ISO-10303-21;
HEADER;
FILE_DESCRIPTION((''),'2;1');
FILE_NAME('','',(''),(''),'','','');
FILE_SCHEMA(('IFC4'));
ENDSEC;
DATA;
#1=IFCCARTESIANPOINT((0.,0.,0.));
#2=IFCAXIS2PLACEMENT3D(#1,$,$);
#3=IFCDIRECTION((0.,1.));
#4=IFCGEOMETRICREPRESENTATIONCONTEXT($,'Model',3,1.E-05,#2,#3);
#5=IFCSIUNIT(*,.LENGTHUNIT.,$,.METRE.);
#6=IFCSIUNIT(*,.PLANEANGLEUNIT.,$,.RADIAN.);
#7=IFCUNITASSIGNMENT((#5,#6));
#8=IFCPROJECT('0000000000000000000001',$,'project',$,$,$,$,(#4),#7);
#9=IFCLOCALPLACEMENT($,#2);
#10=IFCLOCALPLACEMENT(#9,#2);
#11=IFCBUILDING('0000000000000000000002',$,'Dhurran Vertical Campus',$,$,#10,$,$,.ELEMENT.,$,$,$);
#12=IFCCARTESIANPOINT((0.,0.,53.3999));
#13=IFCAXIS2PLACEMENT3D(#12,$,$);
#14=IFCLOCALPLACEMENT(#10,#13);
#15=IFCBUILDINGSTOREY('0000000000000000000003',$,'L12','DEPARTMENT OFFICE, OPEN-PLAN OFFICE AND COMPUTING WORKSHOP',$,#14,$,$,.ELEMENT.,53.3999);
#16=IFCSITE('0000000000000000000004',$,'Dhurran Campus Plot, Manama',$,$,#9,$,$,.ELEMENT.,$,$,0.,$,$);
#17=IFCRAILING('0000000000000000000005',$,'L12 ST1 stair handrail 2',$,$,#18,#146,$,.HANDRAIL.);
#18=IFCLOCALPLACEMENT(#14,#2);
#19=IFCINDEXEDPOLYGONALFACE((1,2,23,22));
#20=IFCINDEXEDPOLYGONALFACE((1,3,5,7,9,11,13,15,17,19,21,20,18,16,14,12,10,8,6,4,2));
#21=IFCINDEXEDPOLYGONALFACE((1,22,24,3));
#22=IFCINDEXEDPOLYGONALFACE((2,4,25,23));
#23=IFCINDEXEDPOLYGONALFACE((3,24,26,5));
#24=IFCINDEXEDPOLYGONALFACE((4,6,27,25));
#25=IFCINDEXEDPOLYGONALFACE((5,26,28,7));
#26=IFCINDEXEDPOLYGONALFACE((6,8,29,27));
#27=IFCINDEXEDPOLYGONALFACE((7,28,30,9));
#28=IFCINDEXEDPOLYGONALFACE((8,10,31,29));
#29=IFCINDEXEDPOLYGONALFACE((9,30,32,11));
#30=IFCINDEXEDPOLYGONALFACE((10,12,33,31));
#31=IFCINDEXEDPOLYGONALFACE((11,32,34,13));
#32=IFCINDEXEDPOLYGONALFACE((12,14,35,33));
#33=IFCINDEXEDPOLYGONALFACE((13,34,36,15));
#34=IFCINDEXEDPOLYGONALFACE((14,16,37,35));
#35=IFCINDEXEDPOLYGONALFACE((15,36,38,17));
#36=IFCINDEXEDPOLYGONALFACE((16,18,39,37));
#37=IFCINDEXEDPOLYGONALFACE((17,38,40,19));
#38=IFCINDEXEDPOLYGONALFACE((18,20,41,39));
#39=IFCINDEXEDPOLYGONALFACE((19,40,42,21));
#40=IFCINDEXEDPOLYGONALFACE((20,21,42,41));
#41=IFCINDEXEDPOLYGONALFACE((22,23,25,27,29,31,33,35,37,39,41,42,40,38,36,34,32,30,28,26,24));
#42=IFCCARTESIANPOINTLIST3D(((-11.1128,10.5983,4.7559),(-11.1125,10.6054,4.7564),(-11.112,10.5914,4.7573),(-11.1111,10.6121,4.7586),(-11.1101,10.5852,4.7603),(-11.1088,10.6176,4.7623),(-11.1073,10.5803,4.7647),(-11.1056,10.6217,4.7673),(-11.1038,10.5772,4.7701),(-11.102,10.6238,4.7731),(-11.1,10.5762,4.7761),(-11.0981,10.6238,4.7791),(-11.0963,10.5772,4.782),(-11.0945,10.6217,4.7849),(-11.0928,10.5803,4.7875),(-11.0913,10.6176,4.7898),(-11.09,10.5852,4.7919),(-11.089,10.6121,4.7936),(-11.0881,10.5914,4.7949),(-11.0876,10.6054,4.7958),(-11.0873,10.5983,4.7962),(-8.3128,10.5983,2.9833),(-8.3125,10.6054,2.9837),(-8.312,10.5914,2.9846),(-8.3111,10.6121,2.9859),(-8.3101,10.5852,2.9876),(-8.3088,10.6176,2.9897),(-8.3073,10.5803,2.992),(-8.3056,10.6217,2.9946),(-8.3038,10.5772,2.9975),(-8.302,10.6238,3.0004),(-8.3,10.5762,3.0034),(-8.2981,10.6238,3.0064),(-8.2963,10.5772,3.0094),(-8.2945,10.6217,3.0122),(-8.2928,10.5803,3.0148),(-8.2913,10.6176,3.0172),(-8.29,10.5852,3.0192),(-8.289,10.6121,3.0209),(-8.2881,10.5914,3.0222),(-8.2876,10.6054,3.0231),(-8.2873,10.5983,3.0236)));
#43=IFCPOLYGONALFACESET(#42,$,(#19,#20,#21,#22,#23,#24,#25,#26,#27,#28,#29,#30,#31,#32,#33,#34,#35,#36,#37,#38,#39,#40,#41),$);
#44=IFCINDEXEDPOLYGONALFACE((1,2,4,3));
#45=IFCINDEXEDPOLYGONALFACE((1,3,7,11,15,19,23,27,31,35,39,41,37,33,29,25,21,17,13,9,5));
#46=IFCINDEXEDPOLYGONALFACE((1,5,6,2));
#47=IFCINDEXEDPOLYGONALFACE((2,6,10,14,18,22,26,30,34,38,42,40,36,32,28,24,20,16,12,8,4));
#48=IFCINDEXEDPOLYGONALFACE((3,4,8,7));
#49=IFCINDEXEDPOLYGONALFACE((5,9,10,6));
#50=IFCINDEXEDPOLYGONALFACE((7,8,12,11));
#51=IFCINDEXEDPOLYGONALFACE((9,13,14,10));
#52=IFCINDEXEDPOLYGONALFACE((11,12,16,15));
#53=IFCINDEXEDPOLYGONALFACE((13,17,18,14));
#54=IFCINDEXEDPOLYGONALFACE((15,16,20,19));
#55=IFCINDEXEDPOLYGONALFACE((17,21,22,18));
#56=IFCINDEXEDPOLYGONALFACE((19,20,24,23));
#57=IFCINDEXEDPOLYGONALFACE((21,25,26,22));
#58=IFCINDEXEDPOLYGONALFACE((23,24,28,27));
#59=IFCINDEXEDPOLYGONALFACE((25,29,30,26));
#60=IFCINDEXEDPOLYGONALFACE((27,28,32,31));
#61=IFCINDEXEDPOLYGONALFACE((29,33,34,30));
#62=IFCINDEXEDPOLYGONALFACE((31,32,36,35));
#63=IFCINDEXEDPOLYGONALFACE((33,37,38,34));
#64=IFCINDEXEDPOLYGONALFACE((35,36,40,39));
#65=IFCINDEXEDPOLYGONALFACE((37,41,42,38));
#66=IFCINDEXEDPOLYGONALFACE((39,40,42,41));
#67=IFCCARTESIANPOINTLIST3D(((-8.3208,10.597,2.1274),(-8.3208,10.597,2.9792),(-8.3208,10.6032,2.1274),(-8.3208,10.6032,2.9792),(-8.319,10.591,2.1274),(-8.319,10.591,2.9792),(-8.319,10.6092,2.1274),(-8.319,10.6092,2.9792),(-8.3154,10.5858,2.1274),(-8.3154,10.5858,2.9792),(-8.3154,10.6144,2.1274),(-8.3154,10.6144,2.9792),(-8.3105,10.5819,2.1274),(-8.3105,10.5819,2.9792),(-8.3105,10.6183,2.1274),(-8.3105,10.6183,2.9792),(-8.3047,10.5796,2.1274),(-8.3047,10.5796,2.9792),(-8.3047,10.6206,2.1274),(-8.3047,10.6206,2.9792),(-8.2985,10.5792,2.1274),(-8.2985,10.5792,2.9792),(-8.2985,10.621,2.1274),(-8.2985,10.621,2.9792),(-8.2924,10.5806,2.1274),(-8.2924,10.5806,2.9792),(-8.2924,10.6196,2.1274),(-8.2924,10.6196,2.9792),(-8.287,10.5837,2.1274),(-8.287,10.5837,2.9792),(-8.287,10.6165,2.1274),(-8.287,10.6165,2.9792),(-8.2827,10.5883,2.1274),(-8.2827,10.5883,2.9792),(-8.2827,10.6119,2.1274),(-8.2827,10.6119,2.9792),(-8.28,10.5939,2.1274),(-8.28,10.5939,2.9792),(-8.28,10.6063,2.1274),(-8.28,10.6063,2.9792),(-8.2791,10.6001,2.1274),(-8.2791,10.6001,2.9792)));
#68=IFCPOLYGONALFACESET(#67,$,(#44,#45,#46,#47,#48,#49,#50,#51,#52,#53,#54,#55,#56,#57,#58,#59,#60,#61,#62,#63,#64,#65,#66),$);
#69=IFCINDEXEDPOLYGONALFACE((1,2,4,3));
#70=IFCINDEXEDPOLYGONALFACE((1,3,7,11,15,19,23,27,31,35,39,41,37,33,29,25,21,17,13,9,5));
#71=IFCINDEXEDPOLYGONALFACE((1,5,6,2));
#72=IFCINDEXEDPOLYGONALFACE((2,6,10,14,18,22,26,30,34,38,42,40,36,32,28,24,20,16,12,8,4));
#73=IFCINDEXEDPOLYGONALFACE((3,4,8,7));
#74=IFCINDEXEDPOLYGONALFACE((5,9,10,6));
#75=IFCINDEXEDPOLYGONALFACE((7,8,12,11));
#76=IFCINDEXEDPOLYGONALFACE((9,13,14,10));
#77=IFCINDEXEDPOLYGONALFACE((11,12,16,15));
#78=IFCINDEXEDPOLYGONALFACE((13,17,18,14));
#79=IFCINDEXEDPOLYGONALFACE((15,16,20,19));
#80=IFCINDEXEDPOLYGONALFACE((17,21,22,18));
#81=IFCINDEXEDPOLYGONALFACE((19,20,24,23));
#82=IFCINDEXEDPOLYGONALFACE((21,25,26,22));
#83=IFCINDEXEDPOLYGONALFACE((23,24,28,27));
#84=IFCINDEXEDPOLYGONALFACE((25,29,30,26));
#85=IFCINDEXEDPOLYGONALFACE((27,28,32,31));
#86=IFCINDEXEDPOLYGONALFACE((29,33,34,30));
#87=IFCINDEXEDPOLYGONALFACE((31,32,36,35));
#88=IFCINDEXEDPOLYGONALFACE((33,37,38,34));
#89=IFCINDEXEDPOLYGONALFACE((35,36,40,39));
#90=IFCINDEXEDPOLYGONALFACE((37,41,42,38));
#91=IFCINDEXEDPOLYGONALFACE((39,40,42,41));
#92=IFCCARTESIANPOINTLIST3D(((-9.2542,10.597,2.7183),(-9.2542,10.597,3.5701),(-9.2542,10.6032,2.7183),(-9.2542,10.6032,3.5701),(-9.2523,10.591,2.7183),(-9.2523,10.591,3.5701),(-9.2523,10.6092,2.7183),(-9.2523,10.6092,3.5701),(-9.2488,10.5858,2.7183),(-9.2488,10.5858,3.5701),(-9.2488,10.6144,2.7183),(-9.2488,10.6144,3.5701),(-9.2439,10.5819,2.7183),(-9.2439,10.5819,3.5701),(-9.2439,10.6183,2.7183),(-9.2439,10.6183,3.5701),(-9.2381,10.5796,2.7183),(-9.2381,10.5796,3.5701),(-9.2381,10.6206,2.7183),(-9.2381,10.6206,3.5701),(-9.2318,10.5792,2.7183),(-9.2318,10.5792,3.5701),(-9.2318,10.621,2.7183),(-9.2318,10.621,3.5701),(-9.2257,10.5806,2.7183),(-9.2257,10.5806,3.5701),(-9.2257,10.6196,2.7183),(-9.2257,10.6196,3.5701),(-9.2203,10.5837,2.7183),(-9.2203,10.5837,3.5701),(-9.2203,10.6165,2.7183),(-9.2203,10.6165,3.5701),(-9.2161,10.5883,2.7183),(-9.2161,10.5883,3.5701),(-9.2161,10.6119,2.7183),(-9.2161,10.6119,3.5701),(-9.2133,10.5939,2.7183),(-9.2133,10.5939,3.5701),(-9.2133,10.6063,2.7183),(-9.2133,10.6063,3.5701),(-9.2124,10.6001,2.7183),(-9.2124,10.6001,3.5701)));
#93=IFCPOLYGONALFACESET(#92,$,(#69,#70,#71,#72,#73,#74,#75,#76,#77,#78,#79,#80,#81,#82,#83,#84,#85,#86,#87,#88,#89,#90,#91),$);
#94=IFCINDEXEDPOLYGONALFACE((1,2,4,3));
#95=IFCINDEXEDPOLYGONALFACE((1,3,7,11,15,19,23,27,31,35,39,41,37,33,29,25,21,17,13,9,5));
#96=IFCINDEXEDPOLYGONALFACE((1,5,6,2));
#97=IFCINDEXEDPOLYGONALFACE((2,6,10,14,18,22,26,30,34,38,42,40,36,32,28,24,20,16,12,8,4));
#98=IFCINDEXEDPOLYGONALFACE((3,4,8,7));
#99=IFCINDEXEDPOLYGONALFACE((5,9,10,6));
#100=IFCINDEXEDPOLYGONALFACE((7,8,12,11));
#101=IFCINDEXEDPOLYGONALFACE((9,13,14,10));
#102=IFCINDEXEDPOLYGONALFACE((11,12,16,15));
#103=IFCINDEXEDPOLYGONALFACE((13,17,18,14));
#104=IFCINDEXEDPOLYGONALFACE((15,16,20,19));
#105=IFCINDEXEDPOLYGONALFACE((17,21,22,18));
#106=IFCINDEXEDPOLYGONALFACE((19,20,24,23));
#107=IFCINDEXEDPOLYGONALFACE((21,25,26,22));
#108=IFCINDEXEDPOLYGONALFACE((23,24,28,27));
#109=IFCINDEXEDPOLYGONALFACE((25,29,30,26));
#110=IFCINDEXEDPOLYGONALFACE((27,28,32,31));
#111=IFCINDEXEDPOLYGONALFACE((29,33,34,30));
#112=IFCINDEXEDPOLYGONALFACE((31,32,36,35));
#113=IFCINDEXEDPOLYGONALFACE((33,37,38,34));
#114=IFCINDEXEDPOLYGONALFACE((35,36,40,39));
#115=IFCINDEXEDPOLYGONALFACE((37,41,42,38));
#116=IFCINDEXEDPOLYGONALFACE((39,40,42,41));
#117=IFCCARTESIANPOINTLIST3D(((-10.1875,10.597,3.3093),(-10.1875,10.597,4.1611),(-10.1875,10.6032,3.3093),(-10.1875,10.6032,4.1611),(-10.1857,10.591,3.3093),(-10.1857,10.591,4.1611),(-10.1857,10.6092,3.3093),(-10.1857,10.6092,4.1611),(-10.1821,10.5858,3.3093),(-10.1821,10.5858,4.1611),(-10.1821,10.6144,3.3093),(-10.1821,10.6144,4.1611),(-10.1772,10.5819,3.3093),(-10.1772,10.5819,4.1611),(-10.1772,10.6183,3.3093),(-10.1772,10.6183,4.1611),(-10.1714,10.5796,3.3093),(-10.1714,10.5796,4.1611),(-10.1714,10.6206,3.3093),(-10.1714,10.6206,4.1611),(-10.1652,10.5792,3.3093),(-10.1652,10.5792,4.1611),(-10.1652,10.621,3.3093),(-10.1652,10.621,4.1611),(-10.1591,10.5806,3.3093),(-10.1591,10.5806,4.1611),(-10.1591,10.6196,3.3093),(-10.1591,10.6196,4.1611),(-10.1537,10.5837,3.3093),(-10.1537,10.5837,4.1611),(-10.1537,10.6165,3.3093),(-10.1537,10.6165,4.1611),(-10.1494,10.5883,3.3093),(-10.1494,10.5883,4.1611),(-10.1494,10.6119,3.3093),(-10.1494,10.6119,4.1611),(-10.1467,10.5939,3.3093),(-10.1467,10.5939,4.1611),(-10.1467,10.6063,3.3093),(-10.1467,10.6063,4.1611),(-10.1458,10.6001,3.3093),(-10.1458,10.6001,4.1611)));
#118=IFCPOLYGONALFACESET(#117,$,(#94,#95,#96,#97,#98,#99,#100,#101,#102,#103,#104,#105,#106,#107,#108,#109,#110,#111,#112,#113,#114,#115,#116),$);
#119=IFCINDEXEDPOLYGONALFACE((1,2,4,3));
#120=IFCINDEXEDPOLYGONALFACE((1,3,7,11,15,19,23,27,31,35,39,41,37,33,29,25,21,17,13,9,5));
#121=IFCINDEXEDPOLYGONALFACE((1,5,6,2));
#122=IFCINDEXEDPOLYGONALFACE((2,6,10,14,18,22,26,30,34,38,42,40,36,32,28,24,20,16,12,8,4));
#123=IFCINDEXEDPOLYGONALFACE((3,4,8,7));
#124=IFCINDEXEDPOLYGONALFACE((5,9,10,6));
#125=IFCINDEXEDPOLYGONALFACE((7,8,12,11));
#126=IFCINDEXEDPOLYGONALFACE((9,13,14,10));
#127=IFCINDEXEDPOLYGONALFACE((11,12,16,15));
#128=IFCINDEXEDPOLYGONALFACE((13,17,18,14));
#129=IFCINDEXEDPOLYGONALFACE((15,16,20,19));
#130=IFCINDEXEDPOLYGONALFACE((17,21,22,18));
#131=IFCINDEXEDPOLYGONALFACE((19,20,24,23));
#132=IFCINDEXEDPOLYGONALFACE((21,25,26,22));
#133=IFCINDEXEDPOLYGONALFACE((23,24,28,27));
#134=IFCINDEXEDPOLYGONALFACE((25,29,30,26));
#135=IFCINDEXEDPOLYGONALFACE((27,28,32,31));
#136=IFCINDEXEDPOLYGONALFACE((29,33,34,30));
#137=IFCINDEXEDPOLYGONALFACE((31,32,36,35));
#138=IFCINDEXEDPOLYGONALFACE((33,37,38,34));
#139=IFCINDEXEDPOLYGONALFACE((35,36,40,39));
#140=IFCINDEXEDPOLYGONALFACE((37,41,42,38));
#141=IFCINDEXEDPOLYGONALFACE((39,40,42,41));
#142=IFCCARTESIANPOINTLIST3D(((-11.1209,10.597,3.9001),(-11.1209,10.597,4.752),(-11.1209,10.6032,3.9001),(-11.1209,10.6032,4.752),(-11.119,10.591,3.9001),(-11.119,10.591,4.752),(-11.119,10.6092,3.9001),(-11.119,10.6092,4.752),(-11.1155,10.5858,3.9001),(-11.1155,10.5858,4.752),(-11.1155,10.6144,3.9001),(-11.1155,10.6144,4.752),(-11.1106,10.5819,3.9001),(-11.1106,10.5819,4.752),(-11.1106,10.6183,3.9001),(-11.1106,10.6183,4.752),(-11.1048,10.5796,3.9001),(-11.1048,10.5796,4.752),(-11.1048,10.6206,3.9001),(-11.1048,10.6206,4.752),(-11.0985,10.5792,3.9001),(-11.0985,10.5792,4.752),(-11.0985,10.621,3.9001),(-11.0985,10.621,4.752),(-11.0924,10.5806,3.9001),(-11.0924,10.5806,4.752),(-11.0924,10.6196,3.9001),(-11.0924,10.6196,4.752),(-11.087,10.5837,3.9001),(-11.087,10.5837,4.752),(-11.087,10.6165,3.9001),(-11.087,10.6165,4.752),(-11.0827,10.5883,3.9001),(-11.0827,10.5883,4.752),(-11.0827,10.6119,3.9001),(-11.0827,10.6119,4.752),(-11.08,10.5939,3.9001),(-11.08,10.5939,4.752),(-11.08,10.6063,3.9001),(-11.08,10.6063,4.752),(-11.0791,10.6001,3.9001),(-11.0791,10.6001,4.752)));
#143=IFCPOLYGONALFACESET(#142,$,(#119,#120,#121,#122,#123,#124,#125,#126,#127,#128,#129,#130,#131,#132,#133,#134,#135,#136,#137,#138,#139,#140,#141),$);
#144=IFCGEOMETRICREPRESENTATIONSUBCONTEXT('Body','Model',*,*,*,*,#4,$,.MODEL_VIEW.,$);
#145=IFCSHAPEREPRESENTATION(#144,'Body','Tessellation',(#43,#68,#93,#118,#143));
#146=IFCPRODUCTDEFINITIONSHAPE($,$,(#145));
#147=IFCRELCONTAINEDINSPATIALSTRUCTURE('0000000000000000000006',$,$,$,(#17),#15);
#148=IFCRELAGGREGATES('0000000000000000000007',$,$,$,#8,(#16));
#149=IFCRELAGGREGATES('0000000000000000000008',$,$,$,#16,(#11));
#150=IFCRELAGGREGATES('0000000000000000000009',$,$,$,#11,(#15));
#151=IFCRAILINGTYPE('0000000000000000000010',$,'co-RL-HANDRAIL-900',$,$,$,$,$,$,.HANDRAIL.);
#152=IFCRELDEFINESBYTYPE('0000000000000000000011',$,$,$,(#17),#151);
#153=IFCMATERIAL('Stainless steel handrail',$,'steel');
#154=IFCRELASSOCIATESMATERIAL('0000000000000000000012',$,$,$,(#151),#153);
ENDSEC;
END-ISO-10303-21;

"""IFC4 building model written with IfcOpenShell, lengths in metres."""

from ifc_helpers import new_model, si_unit, direction, frame, origin, origin_2d, place, context, subcontext, project, spatial, circle, extrude, material, type_object, element, save


model = new_model("IFC4")

# Units and contexts
model_context = context("Model", 3, precision=1e-05, world=origin(), true_north=direction((0.0, 1.0)))
body_context = subcontext(model_context, "Body", "Model", "MODEL_VIEW")
ifc_project = project(units=[si_unit("LENGTHUNIT", "METRE"), si_unit("PLANEANGLEUNIT", "RADIAN")], contexts=[model_context])

# Site, building, storey
site_placement = place(None, origin())
site = spatial("IfcSite", under=ifc_project, at=site_placement, Name="Dhurran Campus Plot, Manama", CompositionType="ELEMENT", RefElevation=0.0)
building_placement = place(site_placement, origin())
building = spatial("IfcBuilding", under=site, at=building_placement, Name="Dhurran Vertical Campus", CompositionType="ELEMENT")
storey_placement = place(building_placement, frame((0.0, 0.0, 53.3999)))
storey = spatial("IfcBuildingStorey", under=building, at=storey_placement, Name="L12", Description="DEPARTMENT OFFICE, OPEN-PLAN OFFICE AND COMPUTING WORKSHOP", CompositionType="ELEMENT", Elevation=53.3999)

# Railing
ifc_material_1 = material(Name="Stainless steel handrail", Category="steel")
railing_type_1 = type_object("IfcRailingType", Name="co-RL-HANDRAIL-900", PredefinedType="HANDRAIL", material=ifc_material_1)
railing_1_placement = place(storey_placement, frame((-8.3, 10.6001, 2.1274)))
element("IfcRailing", 1, at=railing_1_placement, inside=storey, type_object=railing_type_1, Name="L12 ST1 stair handrail 2", PredefinedType="HANDRAIL", context=body_context, shape_type="SweptSolid", body=[
    extrude(circle(Radius=0.0239, at=origin_2d()), frame((0.0, 0.0, 0.876), z_axis=(-0.844909, 0.0, 0.53491), x_axis=(0.0, -1.0, 0.0)), (0.0, 0.0, 1.0), 3.314),
    extrude(circle(Radius=0.021, at=origin_2d()), origin(), (0.0, 0.0, 1.0), 0.8518),
    extrude(circle(Radius=0.021, at=origin_2d()), frame((-0.9333, 0.0, 0.5908)), (0.0, 0.0, 1.0), 0.8518),
    extrude(circle(Radius=0.021, at=origin_2d()), frame((-1.8667, 0.0, 1.1819)), (0.0, 0.0, 1.0), 0.8518),
    extrude(circle(Radius=0.021, at=origin_2d()), frame((-2.8, 0.0, 1.7727)), (0.0, 0.0, 1.0), 0.8518),
])

save(model, "model.ifc")
